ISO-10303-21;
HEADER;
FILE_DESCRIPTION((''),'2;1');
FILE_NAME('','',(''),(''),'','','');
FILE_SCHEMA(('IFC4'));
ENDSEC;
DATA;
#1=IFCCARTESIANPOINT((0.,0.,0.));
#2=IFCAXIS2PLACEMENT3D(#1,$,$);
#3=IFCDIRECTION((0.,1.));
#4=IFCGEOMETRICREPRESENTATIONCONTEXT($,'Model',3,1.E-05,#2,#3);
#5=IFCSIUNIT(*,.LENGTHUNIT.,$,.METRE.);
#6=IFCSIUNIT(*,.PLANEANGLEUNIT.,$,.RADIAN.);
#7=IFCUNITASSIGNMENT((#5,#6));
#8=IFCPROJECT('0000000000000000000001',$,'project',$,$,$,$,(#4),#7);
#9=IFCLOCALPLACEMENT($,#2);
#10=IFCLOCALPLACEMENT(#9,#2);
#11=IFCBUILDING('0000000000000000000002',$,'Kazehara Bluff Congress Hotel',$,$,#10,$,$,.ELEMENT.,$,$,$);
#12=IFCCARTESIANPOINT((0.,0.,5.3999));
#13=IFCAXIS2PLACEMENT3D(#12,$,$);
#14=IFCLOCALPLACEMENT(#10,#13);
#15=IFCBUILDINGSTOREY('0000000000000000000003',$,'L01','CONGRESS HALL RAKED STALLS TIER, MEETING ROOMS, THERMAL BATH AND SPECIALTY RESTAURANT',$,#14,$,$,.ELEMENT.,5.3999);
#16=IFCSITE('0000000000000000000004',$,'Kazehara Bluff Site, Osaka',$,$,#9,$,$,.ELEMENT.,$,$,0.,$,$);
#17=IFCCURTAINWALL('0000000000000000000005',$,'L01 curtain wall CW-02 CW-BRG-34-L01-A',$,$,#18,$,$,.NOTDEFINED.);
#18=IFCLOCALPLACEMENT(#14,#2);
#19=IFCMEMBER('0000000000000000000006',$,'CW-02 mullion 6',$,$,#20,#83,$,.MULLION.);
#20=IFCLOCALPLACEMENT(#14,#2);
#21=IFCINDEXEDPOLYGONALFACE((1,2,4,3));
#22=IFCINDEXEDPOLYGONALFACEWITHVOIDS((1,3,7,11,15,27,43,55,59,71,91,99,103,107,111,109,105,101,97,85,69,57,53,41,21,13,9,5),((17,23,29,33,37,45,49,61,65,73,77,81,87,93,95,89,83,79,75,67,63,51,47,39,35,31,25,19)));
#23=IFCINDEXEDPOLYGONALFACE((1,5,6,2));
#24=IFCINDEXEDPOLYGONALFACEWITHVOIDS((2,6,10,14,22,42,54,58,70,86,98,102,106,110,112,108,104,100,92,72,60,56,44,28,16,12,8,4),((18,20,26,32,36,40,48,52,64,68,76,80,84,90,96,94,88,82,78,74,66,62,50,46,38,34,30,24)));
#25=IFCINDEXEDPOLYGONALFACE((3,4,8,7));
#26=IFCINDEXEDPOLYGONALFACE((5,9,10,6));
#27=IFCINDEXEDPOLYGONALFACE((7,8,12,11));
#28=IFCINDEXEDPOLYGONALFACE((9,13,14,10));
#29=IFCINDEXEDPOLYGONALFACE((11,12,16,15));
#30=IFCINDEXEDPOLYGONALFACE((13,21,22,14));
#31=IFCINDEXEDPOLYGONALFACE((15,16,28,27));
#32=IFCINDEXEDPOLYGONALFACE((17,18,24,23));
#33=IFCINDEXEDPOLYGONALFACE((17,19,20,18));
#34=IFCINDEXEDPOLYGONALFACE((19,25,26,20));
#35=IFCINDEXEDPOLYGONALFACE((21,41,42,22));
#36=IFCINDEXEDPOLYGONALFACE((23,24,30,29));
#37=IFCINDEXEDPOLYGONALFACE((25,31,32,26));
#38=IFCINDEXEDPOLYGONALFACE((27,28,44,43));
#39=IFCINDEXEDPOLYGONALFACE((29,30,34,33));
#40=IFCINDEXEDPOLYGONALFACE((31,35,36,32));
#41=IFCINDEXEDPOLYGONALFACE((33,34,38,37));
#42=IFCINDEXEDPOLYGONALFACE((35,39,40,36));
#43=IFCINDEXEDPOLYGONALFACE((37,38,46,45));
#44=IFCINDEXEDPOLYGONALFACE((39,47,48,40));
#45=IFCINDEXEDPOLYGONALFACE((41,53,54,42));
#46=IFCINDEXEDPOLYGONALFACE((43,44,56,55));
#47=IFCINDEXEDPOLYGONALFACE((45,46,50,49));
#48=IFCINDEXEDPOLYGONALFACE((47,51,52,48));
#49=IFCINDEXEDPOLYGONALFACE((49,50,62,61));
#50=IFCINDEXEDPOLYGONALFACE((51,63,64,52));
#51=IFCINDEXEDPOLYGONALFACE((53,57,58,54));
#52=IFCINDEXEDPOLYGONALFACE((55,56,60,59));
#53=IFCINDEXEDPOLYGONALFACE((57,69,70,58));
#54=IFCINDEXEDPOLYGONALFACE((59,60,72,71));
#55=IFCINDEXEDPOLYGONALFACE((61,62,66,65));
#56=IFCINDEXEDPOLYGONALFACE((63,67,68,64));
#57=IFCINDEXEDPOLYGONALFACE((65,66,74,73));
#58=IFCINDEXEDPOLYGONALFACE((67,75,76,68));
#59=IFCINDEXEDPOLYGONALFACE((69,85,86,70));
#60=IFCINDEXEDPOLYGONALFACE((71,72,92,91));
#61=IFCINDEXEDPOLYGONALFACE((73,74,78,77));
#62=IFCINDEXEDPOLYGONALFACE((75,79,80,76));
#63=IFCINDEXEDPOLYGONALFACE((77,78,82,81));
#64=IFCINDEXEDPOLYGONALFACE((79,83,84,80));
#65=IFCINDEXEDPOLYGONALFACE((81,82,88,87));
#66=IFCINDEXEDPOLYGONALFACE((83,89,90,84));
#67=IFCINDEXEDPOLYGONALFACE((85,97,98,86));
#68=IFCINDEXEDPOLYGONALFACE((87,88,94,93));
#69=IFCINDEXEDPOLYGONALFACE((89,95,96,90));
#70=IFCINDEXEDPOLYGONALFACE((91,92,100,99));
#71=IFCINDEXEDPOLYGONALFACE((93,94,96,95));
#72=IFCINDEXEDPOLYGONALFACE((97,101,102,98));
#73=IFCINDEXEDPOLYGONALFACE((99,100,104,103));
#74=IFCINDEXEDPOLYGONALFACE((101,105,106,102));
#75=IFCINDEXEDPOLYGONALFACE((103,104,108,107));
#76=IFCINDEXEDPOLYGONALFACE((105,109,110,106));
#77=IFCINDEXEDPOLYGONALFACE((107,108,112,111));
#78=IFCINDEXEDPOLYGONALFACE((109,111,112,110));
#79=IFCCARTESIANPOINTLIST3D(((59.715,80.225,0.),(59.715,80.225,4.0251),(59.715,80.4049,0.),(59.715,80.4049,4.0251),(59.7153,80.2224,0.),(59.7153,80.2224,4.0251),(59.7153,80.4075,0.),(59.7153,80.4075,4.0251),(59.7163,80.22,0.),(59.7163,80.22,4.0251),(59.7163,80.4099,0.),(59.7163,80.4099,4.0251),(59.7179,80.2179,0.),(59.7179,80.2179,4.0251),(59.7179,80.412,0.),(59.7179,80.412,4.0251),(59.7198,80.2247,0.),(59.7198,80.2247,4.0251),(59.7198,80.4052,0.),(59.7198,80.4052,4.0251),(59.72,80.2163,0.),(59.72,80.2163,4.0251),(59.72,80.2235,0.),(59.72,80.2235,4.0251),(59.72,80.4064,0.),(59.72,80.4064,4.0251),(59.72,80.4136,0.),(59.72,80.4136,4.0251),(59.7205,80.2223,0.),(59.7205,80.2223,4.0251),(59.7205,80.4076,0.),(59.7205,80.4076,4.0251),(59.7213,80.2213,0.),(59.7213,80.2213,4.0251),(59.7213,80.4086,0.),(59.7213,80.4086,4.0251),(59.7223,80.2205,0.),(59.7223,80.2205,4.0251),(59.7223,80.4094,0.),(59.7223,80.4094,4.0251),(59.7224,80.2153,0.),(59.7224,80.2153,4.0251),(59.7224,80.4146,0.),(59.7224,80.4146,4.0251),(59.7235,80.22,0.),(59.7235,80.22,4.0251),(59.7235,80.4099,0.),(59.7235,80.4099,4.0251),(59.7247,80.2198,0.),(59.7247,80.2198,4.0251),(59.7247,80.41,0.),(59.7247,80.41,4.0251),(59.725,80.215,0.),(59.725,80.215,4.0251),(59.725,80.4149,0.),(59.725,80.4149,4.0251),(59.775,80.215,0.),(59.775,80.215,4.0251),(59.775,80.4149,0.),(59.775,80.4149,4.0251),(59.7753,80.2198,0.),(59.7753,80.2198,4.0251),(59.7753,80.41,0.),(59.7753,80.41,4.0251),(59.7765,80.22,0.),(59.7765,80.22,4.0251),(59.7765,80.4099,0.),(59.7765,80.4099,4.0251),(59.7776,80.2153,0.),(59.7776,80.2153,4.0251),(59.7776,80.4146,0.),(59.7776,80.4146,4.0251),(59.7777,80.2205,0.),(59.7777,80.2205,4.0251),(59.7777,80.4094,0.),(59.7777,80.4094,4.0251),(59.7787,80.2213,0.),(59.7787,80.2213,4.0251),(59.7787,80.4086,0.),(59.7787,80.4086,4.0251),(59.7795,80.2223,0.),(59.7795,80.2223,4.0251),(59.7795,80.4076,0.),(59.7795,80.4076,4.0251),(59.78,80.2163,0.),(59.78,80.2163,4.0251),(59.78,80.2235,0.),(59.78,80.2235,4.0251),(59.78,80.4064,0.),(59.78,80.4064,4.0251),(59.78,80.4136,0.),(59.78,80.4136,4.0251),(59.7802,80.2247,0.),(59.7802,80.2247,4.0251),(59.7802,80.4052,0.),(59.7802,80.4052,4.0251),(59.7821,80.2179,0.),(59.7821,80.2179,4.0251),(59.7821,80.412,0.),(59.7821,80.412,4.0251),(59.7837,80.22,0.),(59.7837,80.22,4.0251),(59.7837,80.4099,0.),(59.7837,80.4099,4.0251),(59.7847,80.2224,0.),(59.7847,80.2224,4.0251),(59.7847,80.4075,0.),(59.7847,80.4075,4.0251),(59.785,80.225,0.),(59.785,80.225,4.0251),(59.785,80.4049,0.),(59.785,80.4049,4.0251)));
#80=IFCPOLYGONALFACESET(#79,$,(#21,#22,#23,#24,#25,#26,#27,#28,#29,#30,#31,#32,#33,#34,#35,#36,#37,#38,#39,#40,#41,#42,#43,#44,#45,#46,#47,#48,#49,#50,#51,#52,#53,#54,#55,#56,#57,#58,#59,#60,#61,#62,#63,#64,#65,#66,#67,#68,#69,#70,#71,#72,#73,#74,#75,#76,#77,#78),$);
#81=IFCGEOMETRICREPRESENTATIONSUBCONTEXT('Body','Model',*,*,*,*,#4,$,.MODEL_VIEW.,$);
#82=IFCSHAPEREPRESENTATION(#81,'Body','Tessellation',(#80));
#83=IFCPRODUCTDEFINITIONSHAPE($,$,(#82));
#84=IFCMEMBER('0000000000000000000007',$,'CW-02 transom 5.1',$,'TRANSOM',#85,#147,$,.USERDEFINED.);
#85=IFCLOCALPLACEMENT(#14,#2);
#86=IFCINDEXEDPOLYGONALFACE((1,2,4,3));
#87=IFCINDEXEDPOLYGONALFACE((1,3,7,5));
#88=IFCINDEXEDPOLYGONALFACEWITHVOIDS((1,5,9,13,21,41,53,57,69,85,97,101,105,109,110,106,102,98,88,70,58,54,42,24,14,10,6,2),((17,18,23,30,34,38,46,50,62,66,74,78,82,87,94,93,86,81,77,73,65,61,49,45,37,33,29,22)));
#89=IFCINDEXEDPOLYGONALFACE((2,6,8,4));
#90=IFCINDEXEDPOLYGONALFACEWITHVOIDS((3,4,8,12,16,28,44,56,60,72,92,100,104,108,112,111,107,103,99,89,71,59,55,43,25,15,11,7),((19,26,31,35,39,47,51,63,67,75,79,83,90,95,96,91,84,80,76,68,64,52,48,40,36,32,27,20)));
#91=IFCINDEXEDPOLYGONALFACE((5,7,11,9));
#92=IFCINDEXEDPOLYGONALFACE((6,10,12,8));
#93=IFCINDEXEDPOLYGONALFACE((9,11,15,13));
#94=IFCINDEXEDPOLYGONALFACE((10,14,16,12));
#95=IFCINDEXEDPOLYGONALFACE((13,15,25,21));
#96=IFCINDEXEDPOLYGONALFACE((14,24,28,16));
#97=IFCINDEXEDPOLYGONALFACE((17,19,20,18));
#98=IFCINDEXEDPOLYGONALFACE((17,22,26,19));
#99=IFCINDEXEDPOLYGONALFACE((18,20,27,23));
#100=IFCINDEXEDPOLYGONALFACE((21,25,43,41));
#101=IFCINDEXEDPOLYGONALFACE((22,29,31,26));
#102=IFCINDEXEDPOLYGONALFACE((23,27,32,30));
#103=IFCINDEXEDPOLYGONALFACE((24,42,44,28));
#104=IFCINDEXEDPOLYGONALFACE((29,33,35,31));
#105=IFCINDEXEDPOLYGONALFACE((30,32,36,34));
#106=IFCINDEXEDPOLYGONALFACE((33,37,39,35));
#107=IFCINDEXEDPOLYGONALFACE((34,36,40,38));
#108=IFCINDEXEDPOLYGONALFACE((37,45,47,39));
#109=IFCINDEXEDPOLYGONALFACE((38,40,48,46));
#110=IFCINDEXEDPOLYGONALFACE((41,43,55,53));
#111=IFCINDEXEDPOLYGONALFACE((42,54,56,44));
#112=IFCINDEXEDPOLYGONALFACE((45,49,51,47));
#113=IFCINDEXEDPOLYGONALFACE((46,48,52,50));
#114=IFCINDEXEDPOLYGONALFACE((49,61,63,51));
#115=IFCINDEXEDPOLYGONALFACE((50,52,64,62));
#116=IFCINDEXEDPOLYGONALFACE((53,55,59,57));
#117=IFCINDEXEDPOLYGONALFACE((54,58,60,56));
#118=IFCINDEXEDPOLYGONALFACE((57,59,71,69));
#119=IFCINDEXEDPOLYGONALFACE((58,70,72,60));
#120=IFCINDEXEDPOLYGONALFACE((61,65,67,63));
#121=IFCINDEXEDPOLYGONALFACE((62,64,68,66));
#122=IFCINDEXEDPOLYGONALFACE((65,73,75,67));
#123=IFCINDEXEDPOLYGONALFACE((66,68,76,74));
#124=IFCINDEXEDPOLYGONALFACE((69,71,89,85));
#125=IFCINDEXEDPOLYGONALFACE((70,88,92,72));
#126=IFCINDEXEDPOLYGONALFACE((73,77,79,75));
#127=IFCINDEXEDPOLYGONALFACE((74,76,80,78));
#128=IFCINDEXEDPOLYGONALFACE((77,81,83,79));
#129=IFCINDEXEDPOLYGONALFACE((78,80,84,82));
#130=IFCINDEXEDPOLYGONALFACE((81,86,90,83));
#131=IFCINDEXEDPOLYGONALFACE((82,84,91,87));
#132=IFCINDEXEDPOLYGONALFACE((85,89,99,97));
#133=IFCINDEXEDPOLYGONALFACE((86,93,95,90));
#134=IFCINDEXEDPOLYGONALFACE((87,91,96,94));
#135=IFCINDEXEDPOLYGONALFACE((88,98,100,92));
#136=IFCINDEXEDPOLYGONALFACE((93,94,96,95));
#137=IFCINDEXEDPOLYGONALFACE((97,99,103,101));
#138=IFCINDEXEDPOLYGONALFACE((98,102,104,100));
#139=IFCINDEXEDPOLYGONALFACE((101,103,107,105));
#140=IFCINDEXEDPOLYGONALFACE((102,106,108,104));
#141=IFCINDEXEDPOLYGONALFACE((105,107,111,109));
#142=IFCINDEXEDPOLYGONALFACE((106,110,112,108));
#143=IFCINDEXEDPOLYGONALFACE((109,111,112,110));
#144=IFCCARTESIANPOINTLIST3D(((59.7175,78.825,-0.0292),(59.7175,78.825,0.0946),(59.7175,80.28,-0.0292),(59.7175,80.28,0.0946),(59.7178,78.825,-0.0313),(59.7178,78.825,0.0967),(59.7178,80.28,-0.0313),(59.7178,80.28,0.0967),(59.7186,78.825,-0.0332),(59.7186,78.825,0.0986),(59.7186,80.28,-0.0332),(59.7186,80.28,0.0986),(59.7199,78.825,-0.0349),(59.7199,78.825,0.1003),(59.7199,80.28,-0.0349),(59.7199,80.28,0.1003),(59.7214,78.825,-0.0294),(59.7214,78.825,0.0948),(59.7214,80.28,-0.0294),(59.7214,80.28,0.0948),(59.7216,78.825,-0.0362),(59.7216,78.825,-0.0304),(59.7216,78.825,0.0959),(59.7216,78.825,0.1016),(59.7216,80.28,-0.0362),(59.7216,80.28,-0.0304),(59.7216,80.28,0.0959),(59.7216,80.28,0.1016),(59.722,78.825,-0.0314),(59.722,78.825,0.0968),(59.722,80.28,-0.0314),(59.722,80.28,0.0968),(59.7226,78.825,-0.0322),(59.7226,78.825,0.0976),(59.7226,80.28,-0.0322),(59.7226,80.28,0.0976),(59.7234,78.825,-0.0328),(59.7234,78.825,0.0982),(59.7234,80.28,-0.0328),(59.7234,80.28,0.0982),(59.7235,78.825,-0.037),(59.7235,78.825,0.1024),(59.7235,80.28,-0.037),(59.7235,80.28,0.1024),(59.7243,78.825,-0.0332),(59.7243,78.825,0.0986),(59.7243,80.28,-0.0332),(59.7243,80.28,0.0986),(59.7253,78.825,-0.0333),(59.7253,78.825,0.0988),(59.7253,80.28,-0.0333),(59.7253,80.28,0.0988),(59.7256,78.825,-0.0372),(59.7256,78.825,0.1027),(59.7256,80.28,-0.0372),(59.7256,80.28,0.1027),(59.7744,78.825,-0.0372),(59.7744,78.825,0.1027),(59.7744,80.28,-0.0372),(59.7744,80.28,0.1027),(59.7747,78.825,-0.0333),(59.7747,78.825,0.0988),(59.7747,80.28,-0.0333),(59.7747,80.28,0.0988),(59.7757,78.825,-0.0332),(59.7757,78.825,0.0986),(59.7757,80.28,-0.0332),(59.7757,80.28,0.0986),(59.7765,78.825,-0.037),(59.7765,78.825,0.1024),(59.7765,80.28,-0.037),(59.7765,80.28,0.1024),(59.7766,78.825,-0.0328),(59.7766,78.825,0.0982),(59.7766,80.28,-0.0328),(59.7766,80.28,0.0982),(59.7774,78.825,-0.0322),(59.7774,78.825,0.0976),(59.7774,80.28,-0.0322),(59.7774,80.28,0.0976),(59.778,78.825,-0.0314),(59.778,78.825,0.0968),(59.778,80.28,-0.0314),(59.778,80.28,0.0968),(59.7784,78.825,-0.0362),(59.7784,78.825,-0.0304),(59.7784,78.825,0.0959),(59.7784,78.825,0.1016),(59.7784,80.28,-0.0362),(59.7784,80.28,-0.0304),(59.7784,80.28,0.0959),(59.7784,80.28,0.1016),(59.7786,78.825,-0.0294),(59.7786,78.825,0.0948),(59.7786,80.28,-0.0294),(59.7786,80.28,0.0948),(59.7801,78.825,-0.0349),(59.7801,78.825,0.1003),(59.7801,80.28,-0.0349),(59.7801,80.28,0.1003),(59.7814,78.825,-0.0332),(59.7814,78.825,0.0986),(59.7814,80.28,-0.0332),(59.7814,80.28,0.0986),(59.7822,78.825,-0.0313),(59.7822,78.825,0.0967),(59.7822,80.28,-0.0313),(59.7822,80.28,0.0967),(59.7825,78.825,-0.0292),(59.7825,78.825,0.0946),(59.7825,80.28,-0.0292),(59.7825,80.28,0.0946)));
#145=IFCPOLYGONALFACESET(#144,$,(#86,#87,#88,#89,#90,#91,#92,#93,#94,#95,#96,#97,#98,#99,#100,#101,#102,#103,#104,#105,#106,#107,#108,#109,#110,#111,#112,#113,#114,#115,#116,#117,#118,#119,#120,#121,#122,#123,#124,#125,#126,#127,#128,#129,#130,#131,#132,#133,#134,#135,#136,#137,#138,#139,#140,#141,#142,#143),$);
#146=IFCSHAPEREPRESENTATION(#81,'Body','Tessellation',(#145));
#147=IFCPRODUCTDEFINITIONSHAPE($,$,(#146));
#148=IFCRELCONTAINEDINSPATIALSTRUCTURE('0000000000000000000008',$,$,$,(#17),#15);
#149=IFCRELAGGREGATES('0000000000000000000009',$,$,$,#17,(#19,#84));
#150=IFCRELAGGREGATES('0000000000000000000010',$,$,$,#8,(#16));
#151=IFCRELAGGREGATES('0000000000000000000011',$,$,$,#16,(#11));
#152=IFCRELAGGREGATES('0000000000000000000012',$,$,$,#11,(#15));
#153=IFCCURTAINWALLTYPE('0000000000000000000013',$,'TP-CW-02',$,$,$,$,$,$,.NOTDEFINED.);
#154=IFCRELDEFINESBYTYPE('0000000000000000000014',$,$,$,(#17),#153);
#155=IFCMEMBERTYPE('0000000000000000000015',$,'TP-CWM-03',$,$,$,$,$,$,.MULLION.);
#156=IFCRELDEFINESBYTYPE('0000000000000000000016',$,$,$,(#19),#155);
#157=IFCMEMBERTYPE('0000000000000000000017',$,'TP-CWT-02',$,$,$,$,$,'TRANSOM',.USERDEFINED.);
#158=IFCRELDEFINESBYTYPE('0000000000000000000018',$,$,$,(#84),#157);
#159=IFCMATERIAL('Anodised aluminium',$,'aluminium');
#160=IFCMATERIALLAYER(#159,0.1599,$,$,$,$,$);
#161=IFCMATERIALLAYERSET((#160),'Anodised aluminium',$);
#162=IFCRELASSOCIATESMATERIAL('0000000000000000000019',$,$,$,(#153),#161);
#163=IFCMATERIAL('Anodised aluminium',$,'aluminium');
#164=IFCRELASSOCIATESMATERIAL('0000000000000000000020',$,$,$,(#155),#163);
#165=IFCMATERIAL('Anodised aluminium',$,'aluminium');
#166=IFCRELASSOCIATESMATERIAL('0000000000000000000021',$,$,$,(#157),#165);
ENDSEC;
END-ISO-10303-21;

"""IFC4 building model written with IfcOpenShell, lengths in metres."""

from ifc_helpers import new_model, si_unit, direction, frame, origin, origin_2d, place, context, subcontext, project, spatial, hollow_rectangle, extrude, material, layer, layer_set, material_profile, profile_set, type_object, element, aggregate, save


model = new_model("IFC4")

# Units and contexts
model_context = context("Model", 3, precision=1e-05, world=origin(), true_north=direction((0.0, 1.0)))
body_context = subcontext(model_context, "Body", "Model", "MODEL_VIEW")
ifc_project = project(units=[si_unit("LENGTHUNIT", "METRE"), si_unit("PLANEANGLEUNIT", "RADIAN")], contexts=[model_context])

# Site, building, storey
site_placement = place(None, origin())
site = spatial("IfcSite", under=ifc_project, at=site_placement, Name="Kazehara Bluff Site, Osaka", CompositionType="ELEMENT", RefElevation=0.0)
building_placement = place(site_placement, origin())
building = spatial("IfcBuilding", under=site, at=building_placement, Name="Kazehara Bluff Congress Hotel", CompositionType="ELEMENT")
storey_placement = place(building_placement, frame((0.0, 0.0, 5.3999)))
storey = spatial("IfcBuildingStorey", under=building, at=storey_placement, Name="L01", Description="CONGRESS HALL RAKED STALLS TIER, MEETING ROOMS, THERMAL BATH AND SPECIALTY RESTAURANT", CompositionType="ELEMENT", Elevation=5.3999)

# Curtain wall, members
ifc_material_1 = material(Name="Anodised aluminium", Category="aluminium")
ifc_layer_1 = layer(ifc_material_1, 0.1599)
ifc_layer_set_1 = layer_set([ifc_layer_1], Name="Anodised aluminium")
curtain_wall_type_1 = type_object("IfcCurtainWallType", Name="TP-CW-02", PredefinedType="NOTDEFINED", material=ifc_layer_set_1)
curtain_wall_1_placement = place(storey_placement, origin())
curtain_wall_1 = element("IfcCurtainWall", 1, at=curtain_wall_1_placement, inside=storey, type_object=curtain_wall_type_1, Name="L01 curtain wall CW-02 CW-BRG-34-L01-A", PredefinedType="NOTDEFINED")
ifc_material_2 = material(Name="Anodised aluminium", Category="aluminium")
ifc_material_profile_1 = material_profile(ifc_material_2, hollow_rectangle(XDim=0.0701, YDim=0.2, WallThickness=0.0049, InnerFilletRadius=0.0049, OuterFilletRadius=0.01, at=origin_2d()))
ifc_profile_set_1 = profile_set([ifc_material_profile_1], Name="Anodised aluminium")
member_type_1 = type_object("IfcMemberType", Name="TP-CWM-03", PredefinedType="MULLION", material=ifc_profile_set_1)
member_1_placement = place(storey_placement, frame((59.75, 80.3149, 0.0), z_axis=(0.0, 0.0, 1.0), x_axis=(-1.0, 0.0, 0.0)))
member_1 = element("IfcMember", 2, at=member_1_placement, type_object=member_type_1, Name="CW-02 mullion 6", PredefinedType="MULLION", context=body_context, shape_type="SweptSolid", body=[
    extrude(hollow_rectangle(XDim=0.0701, YDim=0.2, WallThickness=0.0049, InnerFilletRadius=0.0049, OuterFilletRadius=0.01, at=origin_2d()), origin(), (0.0, 0.0, 1.0), 4.0251),
])
ifc_material_3 = material(Name="Anodised aluminium", Category="aluminium")
ifc_material_profile_2 = material_profile(ifc_material_3, hollow_rectangle(XDim=0.0649, YDim=0.1399, WallThickness=0.0039, InnerFilletRadius=0.0039, OuterFilletRadius=0.0081, at=origin_2d()))
ifc_profile_set_2 = profile_set([ifc_material_profile_2], Name="Anodised aluminium")
member_type_2 = type_object("IfcMemberType", Name="TP-CWT-02", ElementType="TRANSOM", PredefinedType="USERDEFINED", material=ifc_profile_set_2)
member_2_placement = place(storey_placement, frame((59.75, 78.825, 0.0327), z_axis=(0.0, 1.0, 0.0), x_axis=(-1.0, 0.0, 0.0)))
member_2 = element("IfcMember", 3, at=member_2_placement, type_object=member_type_2, Name="CW-02 transom 5.1", ObjectType="TRANSOM", PredefinedType="USERDEFINED", context=body_context, shape_type="SweptSolid", body=[
    extrude(hollow_rectangle(XDim=0.0649, YDim=0.1399, WallThickness=0.0039, InnerFilletRadius=0.0039, OuterFilletRadius=0.0081, at=origin_2d()), origin(), (0.0, 0.0, 1.0), 1.4551),
])

aggregate(curtain_wall_1, [member_1, member_2])

save(model, "model.ifc")
